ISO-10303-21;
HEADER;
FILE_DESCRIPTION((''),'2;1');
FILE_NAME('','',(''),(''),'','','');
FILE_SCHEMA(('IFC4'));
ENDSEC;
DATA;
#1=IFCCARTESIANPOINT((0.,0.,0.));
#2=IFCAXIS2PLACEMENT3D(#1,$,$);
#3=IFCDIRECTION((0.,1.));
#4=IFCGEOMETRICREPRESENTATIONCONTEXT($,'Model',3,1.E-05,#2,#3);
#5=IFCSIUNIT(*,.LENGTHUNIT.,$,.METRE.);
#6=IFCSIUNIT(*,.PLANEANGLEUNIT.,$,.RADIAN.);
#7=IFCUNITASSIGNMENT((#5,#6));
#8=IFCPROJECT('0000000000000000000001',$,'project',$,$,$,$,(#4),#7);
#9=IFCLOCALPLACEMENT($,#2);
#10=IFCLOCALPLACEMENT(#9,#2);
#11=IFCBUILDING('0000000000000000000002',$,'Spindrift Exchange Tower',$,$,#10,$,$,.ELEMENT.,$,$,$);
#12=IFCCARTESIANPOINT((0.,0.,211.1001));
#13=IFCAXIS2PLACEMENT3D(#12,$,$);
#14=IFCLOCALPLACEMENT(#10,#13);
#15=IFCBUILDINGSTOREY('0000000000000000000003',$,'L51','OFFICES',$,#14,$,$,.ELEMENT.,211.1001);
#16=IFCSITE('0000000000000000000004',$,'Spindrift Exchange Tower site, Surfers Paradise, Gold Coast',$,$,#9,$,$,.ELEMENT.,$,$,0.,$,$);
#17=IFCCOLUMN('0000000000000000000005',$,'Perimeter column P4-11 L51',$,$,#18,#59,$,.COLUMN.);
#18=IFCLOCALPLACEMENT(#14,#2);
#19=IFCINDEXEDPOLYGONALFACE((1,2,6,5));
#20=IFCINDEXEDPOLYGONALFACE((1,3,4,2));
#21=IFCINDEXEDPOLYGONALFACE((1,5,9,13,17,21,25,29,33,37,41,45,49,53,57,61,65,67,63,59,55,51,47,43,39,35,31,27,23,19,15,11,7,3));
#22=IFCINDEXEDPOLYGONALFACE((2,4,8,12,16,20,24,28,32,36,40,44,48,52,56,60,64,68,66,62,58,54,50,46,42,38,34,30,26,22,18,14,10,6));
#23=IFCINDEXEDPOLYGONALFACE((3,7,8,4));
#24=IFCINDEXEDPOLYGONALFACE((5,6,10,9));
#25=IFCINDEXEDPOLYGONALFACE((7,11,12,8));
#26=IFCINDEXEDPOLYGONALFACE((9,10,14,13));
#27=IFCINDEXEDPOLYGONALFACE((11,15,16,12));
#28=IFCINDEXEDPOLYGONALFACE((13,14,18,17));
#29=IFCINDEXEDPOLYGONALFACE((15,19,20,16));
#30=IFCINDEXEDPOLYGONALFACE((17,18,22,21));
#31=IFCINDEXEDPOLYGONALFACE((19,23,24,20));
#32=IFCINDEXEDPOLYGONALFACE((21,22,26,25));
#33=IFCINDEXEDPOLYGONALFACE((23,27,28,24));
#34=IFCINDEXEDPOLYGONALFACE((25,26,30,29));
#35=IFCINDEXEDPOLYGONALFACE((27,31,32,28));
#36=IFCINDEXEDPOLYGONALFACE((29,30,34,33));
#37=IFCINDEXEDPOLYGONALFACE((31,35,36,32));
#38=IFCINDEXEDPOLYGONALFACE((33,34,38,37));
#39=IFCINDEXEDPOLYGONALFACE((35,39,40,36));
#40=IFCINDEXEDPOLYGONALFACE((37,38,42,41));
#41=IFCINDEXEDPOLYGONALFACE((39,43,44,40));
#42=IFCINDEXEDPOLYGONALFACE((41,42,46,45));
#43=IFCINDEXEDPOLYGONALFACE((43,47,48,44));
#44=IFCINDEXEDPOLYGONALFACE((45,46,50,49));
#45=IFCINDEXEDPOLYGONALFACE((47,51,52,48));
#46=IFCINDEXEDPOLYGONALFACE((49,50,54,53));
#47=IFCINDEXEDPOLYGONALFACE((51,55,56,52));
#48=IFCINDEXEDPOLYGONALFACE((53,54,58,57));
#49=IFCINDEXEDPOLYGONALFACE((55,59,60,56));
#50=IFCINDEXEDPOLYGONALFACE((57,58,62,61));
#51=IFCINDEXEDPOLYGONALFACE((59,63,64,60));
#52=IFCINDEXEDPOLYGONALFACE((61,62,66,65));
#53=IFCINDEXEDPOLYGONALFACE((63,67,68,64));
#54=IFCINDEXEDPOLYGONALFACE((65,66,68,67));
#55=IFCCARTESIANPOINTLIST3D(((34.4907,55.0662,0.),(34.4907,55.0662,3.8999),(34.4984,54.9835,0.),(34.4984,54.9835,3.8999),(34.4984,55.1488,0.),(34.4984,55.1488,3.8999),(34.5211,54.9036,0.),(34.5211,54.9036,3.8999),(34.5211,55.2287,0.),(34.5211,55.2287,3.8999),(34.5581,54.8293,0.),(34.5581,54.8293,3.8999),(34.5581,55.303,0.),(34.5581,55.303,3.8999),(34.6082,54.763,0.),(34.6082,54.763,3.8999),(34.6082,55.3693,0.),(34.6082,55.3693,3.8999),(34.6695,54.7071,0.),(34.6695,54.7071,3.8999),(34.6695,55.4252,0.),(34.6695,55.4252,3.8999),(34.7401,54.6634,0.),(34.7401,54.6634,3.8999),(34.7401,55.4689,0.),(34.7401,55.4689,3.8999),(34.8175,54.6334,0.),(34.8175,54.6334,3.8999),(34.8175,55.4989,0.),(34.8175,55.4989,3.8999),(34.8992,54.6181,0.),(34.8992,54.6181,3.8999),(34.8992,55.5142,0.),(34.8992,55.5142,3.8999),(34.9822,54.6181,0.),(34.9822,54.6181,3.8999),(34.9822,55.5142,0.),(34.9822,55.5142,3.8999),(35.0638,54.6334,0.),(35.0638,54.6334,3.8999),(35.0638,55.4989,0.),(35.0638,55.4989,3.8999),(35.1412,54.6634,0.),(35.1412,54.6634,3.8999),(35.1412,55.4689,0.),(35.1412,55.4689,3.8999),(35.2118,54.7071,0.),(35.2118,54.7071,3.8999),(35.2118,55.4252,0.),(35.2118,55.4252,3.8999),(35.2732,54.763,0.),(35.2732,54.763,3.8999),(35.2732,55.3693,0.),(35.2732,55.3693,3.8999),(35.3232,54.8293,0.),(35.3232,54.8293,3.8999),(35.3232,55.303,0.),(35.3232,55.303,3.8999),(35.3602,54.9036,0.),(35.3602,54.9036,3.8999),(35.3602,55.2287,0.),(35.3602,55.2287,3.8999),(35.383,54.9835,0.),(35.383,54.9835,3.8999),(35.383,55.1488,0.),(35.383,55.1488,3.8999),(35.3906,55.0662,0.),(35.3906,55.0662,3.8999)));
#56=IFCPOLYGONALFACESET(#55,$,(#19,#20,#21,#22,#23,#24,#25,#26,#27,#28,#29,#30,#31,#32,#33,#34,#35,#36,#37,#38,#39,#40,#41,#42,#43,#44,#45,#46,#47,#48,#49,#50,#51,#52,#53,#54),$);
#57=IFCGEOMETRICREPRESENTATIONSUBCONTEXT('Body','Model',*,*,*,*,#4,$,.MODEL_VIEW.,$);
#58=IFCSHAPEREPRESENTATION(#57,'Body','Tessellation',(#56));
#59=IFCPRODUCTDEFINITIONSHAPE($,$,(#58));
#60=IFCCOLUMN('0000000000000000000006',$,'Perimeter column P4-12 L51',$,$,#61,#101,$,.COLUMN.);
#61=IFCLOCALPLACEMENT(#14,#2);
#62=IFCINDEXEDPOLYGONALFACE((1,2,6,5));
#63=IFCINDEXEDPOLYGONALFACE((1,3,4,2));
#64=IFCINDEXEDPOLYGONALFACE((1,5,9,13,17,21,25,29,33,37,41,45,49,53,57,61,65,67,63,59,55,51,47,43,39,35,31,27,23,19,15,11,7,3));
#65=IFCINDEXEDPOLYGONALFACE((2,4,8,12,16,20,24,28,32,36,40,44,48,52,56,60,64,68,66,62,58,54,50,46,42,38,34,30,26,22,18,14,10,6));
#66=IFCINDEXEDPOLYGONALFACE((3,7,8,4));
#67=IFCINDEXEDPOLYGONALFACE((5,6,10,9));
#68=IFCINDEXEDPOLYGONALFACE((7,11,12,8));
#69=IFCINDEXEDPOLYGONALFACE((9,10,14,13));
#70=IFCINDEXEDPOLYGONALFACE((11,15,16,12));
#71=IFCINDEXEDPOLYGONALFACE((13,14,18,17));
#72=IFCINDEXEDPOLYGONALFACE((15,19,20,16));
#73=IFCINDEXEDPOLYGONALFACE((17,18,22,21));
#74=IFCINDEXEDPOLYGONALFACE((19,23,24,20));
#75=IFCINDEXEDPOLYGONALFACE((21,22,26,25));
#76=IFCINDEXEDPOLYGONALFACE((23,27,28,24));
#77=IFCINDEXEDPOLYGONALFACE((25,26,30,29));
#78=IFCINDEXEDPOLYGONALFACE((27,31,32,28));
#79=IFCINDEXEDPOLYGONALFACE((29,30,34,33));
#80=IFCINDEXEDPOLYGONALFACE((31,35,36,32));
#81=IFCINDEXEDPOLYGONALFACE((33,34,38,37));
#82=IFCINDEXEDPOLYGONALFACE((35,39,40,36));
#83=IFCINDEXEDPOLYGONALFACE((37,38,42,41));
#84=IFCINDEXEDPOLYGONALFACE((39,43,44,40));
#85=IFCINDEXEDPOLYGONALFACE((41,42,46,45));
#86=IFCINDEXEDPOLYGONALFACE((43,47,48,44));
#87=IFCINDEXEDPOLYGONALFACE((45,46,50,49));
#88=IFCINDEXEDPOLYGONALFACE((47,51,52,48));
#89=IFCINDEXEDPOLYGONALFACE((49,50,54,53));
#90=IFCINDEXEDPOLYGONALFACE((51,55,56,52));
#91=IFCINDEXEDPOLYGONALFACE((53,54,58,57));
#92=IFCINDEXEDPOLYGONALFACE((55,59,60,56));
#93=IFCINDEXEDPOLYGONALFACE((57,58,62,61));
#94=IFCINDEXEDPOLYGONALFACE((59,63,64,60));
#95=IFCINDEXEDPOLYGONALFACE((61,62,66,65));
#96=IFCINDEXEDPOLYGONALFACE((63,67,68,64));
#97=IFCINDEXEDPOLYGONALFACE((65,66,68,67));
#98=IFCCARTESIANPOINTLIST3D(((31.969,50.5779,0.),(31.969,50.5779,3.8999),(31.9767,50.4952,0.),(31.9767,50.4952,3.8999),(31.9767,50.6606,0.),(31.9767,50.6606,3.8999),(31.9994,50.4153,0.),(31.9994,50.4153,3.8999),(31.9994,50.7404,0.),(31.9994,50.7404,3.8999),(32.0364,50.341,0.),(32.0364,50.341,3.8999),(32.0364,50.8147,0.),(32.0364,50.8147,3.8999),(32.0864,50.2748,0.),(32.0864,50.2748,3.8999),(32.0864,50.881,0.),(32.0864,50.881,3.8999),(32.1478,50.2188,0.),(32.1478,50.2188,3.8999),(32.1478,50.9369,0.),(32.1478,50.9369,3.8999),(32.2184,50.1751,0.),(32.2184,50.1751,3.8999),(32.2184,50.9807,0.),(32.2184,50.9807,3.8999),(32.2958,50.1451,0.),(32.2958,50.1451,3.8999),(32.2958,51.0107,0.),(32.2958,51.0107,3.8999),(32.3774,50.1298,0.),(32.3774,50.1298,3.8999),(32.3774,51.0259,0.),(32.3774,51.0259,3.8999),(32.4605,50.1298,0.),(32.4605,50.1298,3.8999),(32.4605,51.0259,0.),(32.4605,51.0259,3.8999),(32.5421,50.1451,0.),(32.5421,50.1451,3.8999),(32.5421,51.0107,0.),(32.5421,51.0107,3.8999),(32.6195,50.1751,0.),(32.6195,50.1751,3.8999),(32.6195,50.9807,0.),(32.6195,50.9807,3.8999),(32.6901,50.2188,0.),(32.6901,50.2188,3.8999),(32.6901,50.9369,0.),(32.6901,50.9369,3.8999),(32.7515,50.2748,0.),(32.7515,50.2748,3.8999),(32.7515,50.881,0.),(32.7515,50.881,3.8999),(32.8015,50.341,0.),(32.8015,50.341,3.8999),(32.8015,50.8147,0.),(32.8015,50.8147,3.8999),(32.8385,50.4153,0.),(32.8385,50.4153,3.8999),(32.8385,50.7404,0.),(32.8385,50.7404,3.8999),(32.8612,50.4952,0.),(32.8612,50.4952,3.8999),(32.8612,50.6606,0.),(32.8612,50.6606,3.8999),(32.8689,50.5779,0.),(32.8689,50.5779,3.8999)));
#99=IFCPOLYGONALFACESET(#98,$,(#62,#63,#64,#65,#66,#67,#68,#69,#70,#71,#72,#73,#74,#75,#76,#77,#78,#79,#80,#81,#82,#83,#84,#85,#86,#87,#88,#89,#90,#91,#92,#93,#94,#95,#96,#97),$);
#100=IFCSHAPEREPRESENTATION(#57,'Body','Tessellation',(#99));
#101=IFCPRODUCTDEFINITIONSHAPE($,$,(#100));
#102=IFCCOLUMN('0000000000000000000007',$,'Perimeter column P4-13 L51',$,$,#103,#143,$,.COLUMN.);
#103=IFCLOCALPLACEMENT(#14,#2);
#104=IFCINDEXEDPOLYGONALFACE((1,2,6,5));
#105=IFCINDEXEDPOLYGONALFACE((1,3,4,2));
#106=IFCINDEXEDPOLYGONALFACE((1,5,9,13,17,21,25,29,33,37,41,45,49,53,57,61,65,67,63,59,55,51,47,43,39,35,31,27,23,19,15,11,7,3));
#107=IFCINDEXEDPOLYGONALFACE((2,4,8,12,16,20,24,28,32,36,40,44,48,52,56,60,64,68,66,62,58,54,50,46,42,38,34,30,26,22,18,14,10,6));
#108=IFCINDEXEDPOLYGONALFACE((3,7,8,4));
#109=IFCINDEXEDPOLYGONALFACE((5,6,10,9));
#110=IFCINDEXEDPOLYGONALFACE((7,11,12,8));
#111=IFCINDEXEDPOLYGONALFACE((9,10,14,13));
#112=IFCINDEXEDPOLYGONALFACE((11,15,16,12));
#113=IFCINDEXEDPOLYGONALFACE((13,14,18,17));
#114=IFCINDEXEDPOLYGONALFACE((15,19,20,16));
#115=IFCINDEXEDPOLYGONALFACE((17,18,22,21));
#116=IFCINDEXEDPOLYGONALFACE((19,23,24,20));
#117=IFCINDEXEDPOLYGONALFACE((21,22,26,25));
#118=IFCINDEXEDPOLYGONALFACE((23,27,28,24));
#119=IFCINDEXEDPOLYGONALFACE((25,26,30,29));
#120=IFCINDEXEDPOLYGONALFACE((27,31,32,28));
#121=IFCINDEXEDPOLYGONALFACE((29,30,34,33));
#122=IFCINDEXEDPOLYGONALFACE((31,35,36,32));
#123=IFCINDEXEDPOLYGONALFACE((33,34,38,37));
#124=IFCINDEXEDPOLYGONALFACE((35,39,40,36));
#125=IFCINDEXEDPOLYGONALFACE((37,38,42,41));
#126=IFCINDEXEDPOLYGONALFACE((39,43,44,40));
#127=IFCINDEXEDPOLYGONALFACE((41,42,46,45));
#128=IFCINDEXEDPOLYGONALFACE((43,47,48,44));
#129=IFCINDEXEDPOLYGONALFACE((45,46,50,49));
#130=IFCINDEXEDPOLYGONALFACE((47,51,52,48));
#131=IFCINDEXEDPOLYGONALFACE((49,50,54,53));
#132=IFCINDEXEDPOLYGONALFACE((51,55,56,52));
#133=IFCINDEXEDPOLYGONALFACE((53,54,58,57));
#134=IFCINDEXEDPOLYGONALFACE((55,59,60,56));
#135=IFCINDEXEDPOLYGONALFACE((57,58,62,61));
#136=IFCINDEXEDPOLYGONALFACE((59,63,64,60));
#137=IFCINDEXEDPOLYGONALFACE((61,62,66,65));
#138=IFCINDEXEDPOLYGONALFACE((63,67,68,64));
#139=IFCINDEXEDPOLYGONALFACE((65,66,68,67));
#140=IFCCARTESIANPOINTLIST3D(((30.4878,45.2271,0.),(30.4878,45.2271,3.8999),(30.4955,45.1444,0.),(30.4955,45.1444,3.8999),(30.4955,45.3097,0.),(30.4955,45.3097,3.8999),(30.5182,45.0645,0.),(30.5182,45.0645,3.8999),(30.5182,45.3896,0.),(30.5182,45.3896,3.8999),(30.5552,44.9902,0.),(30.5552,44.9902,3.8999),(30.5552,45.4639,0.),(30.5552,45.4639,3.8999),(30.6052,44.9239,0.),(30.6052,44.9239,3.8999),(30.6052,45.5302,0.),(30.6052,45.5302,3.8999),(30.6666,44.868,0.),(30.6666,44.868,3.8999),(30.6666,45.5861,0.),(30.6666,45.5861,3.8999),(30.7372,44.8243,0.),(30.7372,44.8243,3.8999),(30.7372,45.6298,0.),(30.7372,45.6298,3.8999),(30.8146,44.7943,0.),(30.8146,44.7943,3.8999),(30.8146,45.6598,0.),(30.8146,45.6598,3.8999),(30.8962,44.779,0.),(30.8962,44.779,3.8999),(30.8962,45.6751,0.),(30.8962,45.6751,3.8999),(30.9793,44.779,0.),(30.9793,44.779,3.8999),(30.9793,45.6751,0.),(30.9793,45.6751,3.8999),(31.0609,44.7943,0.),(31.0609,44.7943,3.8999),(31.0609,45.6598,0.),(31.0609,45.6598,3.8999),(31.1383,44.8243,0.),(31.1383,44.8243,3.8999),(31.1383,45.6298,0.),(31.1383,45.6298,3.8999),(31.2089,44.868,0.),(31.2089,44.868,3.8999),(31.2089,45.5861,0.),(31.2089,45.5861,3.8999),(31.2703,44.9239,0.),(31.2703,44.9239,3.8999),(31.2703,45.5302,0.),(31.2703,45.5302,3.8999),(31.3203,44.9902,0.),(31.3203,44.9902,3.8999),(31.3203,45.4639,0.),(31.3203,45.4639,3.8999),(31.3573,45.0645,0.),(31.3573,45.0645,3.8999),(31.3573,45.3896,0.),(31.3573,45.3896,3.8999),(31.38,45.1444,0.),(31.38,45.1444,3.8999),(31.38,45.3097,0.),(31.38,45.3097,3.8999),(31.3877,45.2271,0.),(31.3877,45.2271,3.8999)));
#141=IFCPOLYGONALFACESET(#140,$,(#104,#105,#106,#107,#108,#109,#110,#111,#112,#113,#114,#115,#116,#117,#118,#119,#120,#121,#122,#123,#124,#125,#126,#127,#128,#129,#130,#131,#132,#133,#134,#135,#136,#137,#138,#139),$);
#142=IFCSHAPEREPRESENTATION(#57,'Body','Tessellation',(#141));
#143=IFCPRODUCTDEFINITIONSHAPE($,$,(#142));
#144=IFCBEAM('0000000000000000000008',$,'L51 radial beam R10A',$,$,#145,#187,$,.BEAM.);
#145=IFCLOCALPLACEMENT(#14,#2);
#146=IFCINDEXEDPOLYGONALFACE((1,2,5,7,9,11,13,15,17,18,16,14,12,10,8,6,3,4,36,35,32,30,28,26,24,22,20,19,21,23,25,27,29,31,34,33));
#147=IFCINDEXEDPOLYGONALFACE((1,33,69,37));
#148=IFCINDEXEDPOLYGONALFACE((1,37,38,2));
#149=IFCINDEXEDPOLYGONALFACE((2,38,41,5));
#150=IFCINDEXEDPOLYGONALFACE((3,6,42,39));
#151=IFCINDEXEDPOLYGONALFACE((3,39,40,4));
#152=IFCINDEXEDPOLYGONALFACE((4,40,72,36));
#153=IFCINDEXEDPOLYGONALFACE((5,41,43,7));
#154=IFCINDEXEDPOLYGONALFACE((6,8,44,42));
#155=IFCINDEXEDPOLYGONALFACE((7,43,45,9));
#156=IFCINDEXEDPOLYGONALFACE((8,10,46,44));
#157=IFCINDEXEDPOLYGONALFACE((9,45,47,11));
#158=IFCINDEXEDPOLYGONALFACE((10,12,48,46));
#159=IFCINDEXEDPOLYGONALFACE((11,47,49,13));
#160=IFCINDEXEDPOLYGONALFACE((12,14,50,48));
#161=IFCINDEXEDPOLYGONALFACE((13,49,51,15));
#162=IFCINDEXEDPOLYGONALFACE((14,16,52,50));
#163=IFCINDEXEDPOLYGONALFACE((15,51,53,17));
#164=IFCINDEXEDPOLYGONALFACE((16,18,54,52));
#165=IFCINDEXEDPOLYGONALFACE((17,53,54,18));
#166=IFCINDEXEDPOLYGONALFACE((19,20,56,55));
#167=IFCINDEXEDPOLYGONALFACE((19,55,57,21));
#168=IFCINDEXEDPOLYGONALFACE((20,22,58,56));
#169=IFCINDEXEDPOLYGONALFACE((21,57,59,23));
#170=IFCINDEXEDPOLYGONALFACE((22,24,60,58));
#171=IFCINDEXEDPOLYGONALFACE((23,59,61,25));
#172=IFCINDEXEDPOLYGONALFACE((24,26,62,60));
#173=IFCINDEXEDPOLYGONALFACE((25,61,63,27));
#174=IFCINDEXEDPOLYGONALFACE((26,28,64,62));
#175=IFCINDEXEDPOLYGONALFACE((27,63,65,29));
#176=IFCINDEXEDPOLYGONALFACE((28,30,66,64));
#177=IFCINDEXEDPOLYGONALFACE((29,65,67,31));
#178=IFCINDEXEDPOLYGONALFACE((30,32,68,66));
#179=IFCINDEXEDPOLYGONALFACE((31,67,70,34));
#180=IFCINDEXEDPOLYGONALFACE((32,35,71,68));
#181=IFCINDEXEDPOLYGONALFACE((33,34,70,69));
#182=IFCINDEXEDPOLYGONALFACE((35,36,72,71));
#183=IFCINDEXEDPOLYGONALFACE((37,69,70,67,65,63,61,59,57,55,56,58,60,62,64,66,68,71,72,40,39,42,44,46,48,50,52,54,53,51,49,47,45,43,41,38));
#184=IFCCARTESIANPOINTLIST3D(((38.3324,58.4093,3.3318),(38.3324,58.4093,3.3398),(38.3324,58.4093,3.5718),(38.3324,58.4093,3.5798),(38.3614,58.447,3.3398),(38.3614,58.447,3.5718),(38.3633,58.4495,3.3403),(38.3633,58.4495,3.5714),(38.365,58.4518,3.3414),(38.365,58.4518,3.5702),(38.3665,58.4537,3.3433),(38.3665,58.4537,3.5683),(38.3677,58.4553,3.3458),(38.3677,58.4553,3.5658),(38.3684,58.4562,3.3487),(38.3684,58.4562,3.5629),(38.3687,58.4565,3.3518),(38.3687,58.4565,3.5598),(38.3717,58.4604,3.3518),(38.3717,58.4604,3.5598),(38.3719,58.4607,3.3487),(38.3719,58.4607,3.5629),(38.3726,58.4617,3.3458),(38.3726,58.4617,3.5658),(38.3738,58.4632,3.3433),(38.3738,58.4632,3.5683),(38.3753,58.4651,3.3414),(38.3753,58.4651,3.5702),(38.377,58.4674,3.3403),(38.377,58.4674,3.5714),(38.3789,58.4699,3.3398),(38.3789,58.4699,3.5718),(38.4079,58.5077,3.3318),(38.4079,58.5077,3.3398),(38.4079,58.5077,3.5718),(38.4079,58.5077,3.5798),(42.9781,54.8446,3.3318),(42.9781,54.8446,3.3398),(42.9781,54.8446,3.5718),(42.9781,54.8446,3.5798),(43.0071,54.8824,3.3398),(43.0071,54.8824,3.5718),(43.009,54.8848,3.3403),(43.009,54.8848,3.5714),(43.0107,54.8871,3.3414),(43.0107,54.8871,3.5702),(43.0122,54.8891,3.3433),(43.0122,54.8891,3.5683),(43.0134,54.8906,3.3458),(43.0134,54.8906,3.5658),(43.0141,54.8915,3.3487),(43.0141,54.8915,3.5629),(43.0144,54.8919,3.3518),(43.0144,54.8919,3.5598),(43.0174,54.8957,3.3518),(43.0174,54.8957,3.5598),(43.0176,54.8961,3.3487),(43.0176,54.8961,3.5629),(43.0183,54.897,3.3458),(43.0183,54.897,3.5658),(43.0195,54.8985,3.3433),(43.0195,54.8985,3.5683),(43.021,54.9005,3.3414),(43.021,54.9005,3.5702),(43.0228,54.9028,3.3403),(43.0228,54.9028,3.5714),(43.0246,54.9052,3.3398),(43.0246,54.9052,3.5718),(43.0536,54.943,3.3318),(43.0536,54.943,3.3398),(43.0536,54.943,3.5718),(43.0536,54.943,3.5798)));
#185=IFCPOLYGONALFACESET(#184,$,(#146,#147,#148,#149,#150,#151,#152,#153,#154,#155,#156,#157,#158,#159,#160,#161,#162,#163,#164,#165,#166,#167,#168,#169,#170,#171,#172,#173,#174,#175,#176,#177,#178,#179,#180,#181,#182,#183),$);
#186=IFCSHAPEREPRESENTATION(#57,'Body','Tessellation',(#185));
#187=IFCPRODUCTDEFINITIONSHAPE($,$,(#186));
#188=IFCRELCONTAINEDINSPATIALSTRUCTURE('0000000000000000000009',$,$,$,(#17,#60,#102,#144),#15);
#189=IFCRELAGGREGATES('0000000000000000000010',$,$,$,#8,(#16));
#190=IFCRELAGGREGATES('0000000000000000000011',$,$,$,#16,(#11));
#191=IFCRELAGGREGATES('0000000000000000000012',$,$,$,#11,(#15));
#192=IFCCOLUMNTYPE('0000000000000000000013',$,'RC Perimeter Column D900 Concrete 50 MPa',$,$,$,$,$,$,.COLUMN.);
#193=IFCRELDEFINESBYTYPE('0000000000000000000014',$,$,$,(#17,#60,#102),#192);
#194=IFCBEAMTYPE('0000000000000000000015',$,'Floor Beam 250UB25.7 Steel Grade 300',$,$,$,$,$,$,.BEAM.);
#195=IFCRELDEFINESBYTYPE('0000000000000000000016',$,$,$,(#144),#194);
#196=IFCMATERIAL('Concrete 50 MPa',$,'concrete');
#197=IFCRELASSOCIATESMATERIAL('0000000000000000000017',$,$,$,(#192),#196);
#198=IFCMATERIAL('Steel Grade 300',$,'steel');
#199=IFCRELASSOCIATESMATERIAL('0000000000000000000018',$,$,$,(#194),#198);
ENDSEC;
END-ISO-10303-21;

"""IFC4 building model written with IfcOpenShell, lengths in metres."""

from ifc_helpers import new_model, si_unit, direction, frame, origin, origin_2d, place, context, subcontext, project, spatial, circle, i_section, extrude, source, transform, mapped, material, material_profile, profile_set, type_object, element, save


model = new_model("IFC4")

# Units and contexts
model_context = context("Model", 3, precision=1e-05, world=origin(), true_north=direction((0.0, 1.0)))
body_context = subcontext(model_context, "Body", "Model", "MODEL_VIEW")
ifc_project = project(units=[si_unit("LENGTHUNIT", "METRE"), si_unit("PLANEANGLEUNIT", "RADIAN")], contexts=[model_context])

# Site, building, storey
site_placement = place(None, origin())
site = spatial("IfcSite", under=ifc_project, at=site_placement, Name="Spindrift Exchange Tower site, Surfers Paradise, Gold Coast", CompositionType="ELEMENT", RefElevation=0.0)
building_placement = place(site_placement, origin())
building = spatial("IfcBuilding", under=site, at=building_placement, Name="Spindrift Exchange Tower", CompositionType="ELEMENT")
storey_placement = place(building_placement, frame((0.0, 0.0, 211.1001)))
storey = spatial("IfcBuildingStorey", under=building, at=storey_placement, Name="L51", Description="OFFICES", CompositionType="ELEMENT", Elevation=211.1001)

# Columns
ifc_material_1 = material(Name="Concrete 50 MPa", Category="concrete")
ifc_material_profile_1 = material_profile(ifc_material_1, circle(Radius=0.45, at=origin_2d()), Name="RC D900")
ifc_profile_set_1 = profile_set([ifc_material_profile_1], Name="Concrete 50 MPa")
column_type = type_object("IfcColumnType", Name="RC Perimeter Column D900 Concrete 50 MPa", PredefinedType="COLUMN", material=ifc_profile_set_1)
shared_shape_1 = source(origin(), body_context, "Body", "SweptSolid", [
    extrude(circle(Radius=0.45, at=origin_2d()), origin(), (0.0, 0.0, 1.0), 3.8999),
])
for number, where, z_axis, x_axis, name in (
    (1, (34.9407, 55.0662, 0.0), (0.0, 0.0, 1.0), (1.0, 0.0, 0.0), "Perimeter column P4-11 L51"),
    (2, (32.4189, 50.5779, 0.0), (0.0, 0.0, 1.0), (1.0, 0.0, 0.0), "Perimeter column P4-12 L51"),
    (3, (30.9377, 45.2271, 0.0), (0.0, 0.0, 1.0), (1.0, 0.0, 0.0), "Perimeter column P4-13 L51"),
):
    element("IfcColumn", number, at=place(storey_placement, frame(where, z_axis=z_axis, x_axis=x_axis)), inside=storey, type_object=column_type, Name=name, PredefinedType="COLUMN", context=body_context, shape_type="MappedRepresentation", body=[
        mapped(shared_shape_1, transform((0.0, 0.0, 0.0), scale=1.0)),
    ])

# Beam
ifc_material_2 = material(Name="Steel Grade 300", Category="steel")
ifc_material_profile_2 = material_profile(ifc_material_2, i_section(OverallWidth=0.124, OverallDepth=0.248, WebThickness=0.0049, FlangeThickness=0.0081, FilletRadius=0.012, at=origin_2d()), Name="250UB25.7")
ifc_profile_set_2 = profile_set([ifc_material_profile_2], Name="Steel Grade 300")
beam_type_1 = type_object("IfcBeamType", Name="Floor Beam 250UB25.7 Steel Grade 300", PredefinedType="BEAM", material=ifc_profile_set_2)
shared_shape_2 = source(origin(), body_context, "Body", "SweptSolid", [
    extrude(i_section(OverallWidth=0.124, OverallDepth=0.248, WebThickness=0.0049, FlangeThickness=0.0081, FilletRadius=0.012, at=origin_2d()), origin(), (0.0, 0.0, 1.0), 5.8557),
])
beam_1_placement = place(storey_placement, frame((43.0159, 54.8938, 3.4558), z_axis=(-0.793363, 0.608749, 0.0), x_axis=(-0.608749, -0.793363, 0.0)))
element("IfcBeam", 4, at=beam_1_placement, inside=storey, type_object=beam_type_1, Name="L51 radial beam R10A", PredefinedType="BEAM", context=body_context, shape_type="MappedRepresentation", body=[
    mapped(shared_shape_2, transform((0.0, 0.0, 0.0), scale=1.0)),
])

save(model, "model.ifc")
